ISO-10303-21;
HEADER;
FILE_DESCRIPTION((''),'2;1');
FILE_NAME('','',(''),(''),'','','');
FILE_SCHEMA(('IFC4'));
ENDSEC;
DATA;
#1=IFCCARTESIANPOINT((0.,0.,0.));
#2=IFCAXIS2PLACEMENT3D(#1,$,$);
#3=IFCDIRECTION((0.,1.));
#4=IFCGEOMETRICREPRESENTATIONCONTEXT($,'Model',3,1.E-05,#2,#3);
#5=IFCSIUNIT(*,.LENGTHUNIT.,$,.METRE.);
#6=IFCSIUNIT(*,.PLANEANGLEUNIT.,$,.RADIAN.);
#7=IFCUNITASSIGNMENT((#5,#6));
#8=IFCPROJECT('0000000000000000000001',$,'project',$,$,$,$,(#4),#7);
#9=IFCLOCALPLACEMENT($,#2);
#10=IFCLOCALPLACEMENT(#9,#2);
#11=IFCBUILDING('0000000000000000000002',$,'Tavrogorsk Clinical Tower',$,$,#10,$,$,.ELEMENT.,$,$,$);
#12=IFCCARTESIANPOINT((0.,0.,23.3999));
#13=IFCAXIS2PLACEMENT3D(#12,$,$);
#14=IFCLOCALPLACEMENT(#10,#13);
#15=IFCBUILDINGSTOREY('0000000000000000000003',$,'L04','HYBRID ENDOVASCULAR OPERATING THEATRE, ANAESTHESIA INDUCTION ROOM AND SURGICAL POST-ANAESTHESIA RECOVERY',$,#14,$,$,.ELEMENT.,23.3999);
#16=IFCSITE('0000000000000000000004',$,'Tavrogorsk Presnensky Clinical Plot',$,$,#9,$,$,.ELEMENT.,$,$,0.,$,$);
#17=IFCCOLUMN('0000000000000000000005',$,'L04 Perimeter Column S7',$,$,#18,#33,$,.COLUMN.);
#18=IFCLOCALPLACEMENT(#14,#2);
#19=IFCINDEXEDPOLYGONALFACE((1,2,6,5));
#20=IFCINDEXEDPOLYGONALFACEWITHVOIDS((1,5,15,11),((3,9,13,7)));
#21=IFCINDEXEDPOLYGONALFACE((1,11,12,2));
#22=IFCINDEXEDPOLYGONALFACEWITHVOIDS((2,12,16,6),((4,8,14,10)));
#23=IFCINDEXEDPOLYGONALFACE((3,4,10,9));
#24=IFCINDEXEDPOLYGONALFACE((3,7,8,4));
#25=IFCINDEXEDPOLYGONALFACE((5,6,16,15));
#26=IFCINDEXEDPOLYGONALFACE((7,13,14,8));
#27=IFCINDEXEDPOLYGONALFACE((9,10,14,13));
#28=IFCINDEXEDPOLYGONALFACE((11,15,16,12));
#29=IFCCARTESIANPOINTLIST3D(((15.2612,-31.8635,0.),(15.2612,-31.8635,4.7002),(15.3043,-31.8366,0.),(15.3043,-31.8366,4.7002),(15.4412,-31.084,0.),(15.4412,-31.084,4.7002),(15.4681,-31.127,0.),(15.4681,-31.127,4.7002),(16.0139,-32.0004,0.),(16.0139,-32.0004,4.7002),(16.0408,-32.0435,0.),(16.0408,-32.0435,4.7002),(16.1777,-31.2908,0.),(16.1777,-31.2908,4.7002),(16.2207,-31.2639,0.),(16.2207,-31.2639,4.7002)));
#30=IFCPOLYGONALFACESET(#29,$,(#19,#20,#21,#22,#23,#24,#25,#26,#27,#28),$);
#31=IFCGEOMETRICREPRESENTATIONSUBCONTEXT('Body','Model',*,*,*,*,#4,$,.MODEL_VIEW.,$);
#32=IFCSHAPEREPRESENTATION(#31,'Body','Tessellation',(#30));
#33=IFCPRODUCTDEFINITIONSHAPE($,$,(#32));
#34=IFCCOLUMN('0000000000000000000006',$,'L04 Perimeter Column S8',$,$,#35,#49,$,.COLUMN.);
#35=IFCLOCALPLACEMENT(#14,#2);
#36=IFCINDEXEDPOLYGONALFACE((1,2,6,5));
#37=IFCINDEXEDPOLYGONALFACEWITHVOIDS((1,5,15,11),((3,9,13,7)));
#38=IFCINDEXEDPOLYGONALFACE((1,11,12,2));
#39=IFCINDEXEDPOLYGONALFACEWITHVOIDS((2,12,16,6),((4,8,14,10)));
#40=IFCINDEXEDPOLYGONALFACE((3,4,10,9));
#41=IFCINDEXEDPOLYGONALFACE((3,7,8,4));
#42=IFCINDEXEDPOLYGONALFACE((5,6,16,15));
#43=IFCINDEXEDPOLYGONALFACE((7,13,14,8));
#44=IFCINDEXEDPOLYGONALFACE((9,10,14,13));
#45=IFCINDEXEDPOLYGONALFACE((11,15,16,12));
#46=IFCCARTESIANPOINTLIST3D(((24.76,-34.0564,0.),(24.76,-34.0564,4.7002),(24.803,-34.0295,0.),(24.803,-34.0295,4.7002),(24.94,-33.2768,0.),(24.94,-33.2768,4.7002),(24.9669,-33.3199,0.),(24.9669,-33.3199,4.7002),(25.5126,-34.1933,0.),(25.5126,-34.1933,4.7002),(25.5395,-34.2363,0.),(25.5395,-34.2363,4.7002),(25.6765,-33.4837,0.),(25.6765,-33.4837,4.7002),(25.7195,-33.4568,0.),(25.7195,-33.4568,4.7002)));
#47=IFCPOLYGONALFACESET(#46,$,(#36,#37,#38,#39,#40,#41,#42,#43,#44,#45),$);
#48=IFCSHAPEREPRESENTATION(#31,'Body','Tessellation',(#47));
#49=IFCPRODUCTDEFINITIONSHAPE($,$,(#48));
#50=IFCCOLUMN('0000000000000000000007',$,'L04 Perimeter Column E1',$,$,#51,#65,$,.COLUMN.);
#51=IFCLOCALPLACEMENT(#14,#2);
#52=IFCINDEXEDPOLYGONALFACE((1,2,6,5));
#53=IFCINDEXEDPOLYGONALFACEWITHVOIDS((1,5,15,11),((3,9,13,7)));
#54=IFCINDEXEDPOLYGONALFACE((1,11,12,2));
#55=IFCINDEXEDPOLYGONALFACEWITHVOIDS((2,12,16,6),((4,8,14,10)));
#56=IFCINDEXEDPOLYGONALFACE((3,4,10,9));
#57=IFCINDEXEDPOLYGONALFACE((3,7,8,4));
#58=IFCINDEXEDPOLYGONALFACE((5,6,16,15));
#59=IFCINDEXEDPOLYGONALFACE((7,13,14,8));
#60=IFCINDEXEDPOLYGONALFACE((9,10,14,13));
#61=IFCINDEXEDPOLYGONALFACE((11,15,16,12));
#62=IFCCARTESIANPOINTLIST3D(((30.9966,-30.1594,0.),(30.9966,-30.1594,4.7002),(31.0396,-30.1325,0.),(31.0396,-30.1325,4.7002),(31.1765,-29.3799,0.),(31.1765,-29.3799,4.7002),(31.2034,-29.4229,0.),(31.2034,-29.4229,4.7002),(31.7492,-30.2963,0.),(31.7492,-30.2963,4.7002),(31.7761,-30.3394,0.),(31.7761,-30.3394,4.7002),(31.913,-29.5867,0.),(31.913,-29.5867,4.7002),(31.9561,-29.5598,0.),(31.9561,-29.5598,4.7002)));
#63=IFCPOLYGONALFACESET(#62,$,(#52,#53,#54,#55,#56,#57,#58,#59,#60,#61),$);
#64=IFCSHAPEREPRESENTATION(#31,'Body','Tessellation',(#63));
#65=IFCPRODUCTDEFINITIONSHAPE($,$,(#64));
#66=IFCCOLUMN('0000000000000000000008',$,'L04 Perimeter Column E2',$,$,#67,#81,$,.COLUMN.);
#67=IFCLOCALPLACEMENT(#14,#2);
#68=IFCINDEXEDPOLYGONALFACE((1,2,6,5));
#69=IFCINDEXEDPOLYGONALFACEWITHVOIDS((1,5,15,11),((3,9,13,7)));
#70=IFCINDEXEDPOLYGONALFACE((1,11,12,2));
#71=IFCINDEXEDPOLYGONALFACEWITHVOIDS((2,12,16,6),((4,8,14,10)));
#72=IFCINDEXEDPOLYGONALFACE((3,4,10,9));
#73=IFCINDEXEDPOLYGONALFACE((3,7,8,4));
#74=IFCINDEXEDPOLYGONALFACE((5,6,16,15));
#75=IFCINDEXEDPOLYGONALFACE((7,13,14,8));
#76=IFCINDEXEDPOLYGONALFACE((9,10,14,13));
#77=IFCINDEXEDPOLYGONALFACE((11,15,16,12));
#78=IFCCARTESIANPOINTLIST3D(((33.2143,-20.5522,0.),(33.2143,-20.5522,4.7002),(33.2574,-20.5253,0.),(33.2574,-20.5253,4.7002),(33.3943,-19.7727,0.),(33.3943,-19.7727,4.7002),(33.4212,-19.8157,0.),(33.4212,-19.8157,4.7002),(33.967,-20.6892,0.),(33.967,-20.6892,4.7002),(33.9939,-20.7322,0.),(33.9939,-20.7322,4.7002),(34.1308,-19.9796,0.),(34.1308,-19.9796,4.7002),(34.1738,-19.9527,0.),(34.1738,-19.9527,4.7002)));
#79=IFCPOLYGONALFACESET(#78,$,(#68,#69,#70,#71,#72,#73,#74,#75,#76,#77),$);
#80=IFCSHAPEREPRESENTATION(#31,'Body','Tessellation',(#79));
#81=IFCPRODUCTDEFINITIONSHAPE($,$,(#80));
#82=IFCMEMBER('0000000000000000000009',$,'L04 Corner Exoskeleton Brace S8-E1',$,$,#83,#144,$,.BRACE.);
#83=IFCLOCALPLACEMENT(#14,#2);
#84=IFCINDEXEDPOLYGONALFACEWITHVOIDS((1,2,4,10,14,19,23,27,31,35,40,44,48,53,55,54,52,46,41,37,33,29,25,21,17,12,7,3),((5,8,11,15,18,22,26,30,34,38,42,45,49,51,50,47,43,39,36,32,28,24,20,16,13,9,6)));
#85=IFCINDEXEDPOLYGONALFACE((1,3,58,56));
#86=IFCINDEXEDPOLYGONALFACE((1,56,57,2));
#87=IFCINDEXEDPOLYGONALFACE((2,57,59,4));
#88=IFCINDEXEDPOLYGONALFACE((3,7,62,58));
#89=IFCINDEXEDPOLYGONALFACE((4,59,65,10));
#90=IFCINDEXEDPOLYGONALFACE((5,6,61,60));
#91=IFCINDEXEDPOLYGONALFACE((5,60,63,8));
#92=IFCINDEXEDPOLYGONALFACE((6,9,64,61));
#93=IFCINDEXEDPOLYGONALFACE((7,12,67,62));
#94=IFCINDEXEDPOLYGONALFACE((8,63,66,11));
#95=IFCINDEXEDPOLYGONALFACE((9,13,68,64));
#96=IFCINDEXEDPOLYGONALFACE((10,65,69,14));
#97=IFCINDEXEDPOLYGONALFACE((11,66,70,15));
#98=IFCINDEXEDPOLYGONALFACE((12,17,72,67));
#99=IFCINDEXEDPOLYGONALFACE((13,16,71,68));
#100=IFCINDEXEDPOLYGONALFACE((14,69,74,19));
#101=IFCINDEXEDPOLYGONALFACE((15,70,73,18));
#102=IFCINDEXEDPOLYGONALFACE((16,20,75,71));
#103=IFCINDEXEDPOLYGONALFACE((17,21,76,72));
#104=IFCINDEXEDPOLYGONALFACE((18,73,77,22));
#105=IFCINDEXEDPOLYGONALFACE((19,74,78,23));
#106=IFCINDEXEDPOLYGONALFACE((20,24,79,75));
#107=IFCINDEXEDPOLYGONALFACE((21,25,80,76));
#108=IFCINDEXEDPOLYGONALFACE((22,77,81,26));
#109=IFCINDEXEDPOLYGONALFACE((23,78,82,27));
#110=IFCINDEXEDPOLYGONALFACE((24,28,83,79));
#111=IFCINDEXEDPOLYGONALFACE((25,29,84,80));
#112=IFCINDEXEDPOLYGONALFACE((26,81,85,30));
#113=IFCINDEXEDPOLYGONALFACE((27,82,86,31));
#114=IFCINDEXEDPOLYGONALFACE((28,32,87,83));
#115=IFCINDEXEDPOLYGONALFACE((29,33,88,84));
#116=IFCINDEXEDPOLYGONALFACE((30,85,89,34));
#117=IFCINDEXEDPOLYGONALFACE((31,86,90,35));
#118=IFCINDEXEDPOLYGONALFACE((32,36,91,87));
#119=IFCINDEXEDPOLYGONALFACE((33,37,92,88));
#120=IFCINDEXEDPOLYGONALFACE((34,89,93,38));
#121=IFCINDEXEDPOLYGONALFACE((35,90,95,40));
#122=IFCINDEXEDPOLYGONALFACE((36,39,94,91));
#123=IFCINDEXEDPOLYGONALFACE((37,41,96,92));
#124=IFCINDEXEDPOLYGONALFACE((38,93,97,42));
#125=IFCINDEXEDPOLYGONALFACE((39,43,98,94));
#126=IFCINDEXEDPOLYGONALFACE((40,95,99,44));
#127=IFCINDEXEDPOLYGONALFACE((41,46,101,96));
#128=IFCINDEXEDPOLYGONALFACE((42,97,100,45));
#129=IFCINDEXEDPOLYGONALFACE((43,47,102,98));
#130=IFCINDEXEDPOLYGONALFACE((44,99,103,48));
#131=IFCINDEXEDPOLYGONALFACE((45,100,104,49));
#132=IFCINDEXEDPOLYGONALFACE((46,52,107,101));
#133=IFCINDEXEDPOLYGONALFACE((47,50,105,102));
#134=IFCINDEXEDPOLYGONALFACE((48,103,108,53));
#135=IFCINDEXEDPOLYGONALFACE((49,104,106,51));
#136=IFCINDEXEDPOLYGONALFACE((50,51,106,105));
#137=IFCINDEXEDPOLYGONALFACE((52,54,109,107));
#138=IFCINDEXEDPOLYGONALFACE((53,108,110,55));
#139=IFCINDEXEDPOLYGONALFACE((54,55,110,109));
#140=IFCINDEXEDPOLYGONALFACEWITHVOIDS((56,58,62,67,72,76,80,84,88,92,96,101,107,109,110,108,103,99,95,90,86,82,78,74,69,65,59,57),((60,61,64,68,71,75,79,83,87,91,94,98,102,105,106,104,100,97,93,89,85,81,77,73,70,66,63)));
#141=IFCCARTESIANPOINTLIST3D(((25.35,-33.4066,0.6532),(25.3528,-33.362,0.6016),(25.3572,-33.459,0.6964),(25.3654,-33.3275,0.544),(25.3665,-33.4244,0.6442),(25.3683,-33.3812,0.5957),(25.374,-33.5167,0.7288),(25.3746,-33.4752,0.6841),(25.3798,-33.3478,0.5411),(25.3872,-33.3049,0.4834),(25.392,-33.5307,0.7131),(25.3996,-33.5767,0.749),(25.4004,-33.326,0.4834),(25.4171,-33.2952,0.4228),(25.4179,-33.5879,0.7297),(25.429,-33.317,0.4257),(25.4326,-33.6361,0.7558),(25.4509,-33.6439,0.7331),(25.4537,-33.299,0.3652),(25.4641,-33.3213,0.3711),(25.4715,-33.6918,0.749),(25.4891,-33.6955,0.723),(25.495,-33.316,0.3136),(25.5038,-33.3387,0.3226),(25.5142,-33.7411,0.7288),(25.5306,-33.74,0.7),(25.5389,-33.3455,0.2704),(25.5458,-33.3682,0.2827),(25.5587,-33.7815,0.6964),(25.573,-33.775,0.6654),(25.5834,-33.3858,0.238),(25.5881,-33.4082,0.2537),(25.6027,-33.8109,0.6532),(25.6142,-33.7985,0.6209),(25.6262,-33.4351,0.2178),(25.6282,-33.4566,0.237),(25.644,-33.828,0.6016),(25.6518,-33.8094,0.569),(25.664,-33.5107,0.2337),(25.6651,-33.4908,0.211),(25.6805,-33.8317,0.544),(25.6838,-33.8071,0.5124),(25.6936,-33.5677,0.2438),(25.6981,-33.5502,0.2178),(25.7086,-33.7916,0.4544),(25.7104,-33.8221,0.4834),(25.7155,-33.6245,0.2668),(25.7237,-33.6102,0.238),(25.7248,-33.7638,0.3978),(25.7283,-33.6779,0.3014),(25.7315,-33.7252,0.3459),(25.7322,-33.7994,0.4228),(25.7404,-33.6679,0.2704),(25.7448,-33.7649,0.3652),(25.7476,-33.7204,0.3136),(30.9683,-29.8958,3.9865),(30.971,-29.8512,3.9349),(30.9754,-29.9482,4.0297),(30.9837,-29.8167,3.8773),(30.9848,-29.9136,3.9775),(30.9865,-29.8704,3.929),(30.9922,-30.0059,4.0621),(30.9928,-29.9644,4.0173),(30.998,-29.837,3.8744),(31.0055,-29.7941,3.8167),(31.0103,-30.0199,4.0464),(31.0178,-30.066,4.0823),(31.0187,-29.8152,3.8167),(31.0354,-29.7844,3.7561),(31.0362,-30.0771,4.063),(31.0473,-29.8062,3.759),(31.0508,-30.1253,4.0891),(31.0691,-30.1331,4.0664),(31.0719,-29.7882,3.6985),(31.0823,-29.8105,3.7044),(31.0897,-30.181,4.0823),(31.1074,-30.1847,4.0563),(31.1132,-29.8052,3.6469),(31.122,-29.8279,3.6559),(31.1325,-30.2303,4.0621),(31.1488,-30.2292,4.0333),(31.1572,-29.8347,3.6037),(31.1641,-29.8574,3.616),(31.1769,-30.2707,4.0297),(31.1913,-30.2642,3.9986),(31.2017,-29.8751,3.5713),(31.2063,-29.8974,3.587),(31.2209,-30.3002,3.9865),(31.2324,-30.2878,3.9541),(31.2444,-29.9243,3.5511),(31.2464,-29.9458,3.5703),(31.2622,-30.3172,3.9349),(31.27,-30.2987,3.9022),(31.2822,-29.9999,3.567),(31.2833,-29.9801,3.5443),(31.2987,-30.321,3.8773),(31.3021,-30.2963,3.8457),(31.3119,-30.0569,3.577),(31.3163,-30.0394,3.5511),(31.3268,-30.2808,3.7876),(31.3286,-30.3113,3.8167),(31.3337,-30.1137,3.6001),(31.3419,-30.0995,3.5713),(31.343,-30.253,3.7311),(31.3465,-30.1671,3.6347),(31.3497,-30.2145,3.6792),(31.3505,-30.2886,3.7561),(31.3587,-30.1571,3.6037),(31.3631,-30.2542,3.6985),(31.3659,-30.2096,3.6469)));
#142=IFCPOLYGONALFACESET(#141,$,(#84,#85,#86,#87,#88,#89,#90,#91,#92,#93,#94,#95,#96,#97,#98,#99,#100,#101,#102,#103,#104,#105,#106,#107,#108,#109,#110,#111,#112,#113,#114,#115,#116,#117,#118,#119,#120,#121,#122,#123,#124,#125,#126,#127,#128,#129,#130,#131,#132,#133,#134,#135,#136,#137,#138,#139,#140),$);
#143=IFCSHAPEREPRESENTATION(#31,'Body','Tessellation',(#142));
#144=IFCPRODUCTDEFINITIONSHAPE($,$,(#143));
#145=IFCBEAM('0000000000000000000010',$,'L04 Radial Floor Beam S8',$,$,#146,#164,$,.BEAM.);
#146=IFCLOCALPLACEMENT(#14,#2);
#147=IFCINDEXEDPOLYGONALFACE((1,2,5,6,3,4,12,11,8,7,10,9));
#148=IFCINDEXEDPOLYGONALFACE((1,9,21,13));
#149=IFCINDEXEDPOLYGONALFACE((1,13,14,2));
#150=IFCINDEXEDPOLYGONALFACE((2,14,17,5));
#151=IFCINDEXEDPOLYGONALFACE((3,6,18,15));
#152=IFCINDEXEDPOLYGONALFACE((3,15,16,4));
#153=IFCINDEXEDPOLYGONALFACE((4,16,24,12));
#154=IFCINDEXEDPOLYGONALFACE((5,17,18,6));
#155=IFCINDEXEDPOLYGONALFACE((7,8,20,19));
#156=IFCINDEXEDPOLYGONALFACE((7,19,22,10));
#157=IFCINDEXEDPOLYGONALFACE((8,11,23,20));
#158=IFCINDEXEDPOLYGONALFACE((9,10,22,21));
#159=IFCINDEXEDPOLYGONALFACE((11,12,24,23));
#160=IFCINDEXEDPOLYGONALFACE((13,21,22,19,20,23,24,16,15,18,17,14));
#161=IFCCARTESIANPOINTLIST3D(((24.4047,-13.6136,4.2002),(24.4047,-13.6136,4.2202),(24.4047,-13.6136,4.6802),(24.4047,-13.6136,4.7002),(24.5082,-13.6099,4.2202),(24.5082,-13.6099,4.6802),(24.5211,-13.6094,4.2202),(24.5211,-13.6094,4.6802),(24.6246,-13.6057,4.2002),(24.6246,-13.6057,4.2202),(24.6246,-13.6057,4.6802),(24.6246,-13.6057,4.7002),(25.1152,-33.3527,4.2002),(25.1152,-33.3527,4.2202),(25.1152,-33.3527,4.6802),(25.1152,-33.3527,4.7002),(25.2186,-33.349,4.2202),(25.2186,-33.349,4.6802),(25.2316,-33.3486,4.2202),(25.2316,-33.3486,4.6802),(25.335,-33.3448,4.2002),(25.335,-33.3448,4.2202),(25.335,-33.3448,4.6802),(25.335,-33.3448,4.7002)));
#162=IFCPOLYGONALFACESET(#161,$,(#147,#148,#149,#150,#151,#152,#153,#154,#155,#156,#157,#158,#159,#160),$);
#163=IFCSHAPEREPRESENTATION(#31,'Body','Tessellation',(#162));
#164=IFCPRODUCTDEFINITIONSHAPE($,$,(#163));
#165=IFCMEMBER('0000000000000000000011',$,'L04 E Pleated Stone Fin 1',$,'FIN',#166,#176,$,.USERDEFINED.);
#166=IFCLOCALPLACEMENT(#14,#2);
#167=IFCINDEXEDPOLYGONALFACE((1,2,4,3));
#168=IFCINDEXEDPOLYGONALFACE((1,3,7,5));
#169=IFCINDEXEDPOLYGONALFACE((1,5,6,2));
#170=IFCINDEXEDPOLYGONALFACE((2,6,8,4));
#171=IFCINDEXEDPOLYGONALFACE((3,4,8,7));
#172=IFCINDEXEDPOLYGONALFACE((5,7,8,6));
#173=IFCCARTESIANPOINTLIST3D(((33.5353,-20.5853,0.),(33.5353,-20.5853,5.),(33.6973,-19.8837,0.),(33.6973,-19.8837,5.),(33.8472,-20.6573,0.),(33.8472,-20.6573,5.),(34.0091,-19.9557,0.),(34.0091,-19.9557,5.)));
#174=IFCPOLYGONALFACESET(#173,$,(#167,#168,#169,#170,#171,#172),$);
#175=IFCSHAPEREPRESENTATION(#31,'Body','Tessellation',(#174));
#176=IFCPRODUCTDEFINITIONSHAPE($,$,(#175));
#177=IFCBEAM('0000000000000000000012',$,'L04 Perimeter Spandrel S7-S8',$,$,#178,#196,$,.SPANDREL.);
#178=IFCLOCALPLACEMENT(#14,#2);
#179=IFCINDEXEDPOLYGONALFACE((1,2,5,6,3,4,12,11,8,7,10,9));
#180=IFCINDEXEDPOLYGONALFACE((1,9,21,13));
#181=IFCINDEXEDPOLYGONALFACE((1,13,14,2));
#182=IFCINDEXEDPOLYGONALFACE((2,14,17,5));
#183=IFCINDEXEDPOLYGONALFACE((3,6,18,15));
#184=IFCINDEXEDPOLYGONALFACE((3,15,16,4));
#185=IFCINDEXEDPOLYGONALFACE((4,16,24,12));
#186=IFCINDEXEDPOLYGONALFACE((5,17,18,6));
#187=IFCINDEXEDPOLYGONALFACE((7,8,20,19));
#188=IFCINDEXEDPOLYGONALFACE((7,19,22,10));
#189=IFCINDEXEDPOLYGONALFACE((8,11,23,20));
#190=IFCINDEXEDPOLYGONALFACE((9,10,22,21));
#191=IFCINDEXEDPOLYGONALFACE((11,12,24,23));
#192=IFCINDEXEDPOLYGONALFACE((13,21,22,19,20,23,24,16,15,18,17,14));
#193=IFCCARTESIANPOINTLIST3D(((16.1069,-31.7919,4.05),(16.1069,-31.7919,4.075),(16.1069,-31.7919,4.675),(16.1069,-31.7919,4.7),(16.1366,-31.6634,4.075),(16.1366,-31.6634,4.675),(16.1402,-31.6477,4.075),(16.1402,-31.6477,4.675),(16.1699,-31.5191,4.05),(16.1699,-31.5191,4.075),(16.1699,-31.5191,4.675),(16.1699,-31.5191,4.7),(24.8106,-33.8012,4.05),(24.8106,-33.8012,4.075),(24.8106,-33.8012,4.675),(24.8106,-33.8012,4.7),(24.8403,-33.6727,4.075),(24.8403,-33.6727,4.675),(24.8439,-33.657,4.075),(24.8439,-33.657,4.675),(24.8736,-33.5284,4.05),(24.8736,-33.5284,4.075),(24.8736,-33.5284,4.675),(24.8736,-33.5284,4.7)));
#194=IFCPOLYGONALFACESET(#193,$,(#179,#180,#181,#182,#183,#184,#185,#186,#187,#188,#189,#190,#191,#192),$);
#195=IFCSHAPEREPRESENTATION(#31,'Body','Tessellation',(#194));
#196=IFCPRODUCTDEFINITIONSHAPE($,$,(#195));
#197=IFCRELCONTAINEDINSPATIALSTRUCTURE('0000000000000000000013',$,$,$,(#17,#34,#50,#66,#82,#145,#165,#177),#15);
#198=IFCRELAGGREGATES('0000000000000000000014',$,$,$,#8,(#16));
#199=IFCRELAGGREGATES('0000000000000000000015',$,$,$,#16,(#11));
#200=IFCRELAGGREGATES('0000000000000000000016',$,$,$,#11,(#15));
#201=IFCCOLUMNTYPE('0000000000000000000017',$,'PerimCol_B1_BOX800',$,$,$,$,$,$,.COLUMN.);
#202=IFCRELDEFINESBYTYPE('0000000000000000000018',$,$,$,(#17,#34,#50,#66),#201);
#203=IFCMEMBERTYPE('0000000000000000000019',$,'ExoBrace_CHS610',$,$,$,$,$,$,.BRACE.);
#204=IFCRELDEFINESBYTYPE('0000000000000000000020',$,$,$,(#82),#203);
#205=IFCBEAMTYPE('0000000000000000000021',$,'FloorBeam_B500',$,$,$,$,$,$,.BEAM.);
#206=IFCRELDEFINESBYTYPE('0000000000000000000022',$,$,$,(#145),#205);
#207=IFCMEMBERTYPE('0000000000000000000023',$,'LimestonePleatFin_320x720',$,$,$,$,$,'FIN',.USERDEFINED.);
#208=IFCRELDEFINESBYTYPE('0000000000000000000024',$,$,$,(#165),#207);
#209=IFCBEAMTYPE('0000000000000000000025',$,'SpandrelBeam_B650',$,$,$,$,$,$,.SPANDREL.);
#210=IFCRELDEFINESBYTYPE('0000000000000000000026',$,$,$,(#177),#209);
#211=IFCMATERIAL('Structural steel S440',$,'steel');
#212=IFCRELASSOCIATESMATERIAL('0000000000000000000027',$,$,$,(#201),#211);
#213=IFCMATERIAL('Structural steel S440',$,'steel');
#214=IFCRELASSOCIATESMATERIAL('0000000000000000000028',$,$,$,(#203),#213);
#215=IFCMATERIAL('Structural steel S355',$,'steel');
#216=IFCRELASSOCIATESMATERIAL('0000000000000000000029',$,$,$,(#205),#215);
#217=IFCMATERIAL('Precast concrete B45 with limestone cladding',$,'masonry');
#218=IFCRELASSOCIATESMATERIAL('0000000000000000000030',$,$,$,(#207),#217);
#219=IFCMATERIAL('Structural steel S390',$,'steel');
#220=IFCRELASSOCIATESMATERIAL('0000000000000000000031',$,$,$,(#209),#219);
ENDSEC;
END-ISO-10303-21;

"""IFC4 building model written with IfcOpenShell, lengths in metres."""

from ifc_helpers import new_model, si_unit, direction, frame, origin, origin_2d, place, context, subcontext, project, spatial, rectangle, hollow_rectangle, hollow_circle, i_section, extrude, material, material_profile, profile_set, type_object, element, save


model = new_model("IFC4")

# Units and contexts
model_context = context("Model", 3, precision=1e-05, world=origin(), true_north=direction((0.0, 1.0)))
body_context = subcontext(model_context, "Body", "Model", "MODEL_VIEW")
ifc_project = project(units=[si_unit("LENGTHUNIT", "METRE"), si_unit("PLANEANGLEUNIT", "RADIAN")], contexts=[model_context])

# Site, building, storey
site_placement = place(None, origin())
site = spatial("IfcSite", under=ifc_project, at=site_placement, Name="Tavrogorsk Presnensky Clinical Plot", CompositionType="ELEMENT", RefElevation=0.0)
building_placement = place(site_placement, origin())
building = spatial("IfcBuilding", under=site, at=building_placement, Name="Tavrogorsk Clinical Tower", CompositionType="ELEMENT")
storey_placement = place(building_placement, frame((0.0, 0.0, 23.3999)))
storey = spatial("IfcBuildingStorey", under=building, at=storey_placement, Name="L04", Description="HYBRID ENDOVASCULAR OPERATING THEATRE, ANAESTHESIA INDUCTION ROOM AND SURGICAL POST-ANAESTHESIA RECOVERY", CompositionType="ELEMENT", Elevation=23.3999)

# Columns
ifc_material_1 = material(Name="Structural steel S440", Category="steel")
ifc_material_profile_1 = material_profile(ifc_material_1, hollow_rectangle(XDim=0.8, YDim=0.8, WallThickness=0.0359, at=origin_2d()), Name="BOX-800x800x36")
ifc_profile_set_1 = profile_set([ifc_material_profile_1], Name="Structural steel S440")
column_type = type_object("IfcColumnType", Name="PerimCol_B1_BOX800", PredefinedType="COLUMN", material=ifc_profile_set_1)
for number, where, z_axis, x_axis, name in (
    (1, (15.741, -31.5637, 0.0), (0.0, 0.0, 1.0), (0.97437, -0.224951, 0.0), "L04 Perimeter Column S7"),
    (2, (25.2397, -33.7566, 0.0), (0.0, 0.0, 1.0), (0.97437, -0.224951, 0.0), "L04 Perimeter Column S8"),
    (3, (31.4763, -29.8596, 0.0), (0.0, 0.0, 1.0), (0.97437, -0.224951, 0.0), "L04 Perimeter Column E1"),
    (4, (33.6941, -20.2524, 0.0), (0.0, 0.0, 1.0), (0.97437, -0.224951, 0.0), "L04 Perimeter Column E2"),
):
    element("IfcColumn", number, at=place(storey_placement, frame(where, z_axis=z_axis, x_axis=x_axis)), inside=storey, type_object=column_type, Name=name, PredefinedType="COLUMN", context=body_context, shape_type="SweptSolid", body=[
        extrude(hollow_rectangle(XDim=0.8, YDim=0.8, WallThickness=0.0359, at=origin_2d()), origin(), (0.0, 0.0, 1.0), 4.7002),
    ])

# Member
ifc_material_2 = material(Name="Structural steel S440", Category="steel")
ifc_material_profile_2 = material_profile(ifc_material_2, hollow_circle(Radius=0.3049, WallThickness=0.0249, at=origin_2d()), Name="CHS-610x25")
ifc_profile_set_2 = profile_set([ifc_material_profile_2], Name="Structural steel S440")
member_type_1 = type_object("IfcMemberType", Name="ExoBrace_CHS610", PredefinedType="BRACE", material=ifc_profile_set_2)
member_1_placement = place(storey_placement, frame((25.5488, -33.5635, 0.4834), z_axis=(0.757556, 0.47339, 0.449457), x_axis=(-0.529933, 0.84804, 0.0)))
element("IfcMember", 5, at=member_1_placement, inside=storey, type_object=member_type_1, Name="L04 Corner Exoskeleton Brace S8-E1", PredefinedType="BRACE", context=body_context, shape_type="SweptSolid", body=[
    extrude(hollow_circle(Radius=0.3049, WallThickness=0.0249, at=origin_2d()), origin(), (0.0, 0.0, 1.0), 7.4163),
])

# Beam
ifc_material_3 = material(Name="Structural steel S355", Category="steel")
ifc_material_profile_3 = material_profile(ifc_material_3, i_section(OverallWidth=0.22, OverallDepth=0.5, WebThickness=0.0129, FlangeThickness=0.02, at=origin_2d()), Name="B-500x220x13x20")
ifc_profile_set_3 = profile_set([ifc_material_profile_3], Name="Structural steel S355")
beam_type_1 = type_object("IfcBeamType", Name="FloorBeam_B500", PredefinedType="BEAM", material=ifc_profile_set_3)
beam_1_placement = place(storey_placement, frame((24.5146, -13.6096, 4.4502), z_axis=(0.035968, -0.999353, 0.0), x_axis=(0.999353, 0.035968, 0.0)))
element("IfcBeam", 6, at=beam_1_placement, inside=storey, type_object=beam_type_1, Name="L04 Radial Floor Beam S8", PredefinedType="BEAM", context=body_context, shape_type="SweptSolid", body=[
    extrude(i_section(OverallWidth=0.22, OverallDepth=0.5, WebThickness=0.0129, FlangeThickness=0.02, at=origin_2d()), origin(), (0.0, 0.0, 1.0), 19.752),
])

# Member
ifc_material_4 = material(Name="Precast concrete B45 with limestone cladding", Category="masonry")
ifc_material_profile_4 = material_profile(ifc_material_4, rectangle(XDim=0.3201, YDim=0.72, at=origin_2d()), Name="LIMESTONE-FIN-320x720")
ifc_profile_set_4 = profile_set([ifc_material_profile_4], Name="Precast concrete B45 with limestone cladding")
member_type_2 = type_object("IfcMemberType", Name="LimestonePleatFin_320x720", ElementType="FIN", PredefinedType="USERDEFINED", material=ifc_profile_set_4)
member_2_placement = place(storey_placement, frame((33.7722, -20.2705, 0.0), z_axis=(0.0, 0.0, 1.0), x_axis=(0.97437, -0.224951, 0.0)))
element("IfcMember", 7, at=member_2_placement, inside=storey, type_object=member_type_2, Name="L04 E Pleated Stone Fin 1", ObjectType="FIN", PredefinedType="USERDEFINED", context=body_context, shape_type="SweptSolid", body=[
    extrude(rectangle(XDim=0.3201, YDim=0.72, at=origin_2d()), origin(), (0.0, 0.0, 1.0), 5.0),
])

# Beam
ifc_material_5 = material(Name="Structural steel S390", Category="steel")
ifc_material_profile_5 = material_profile(ifc_material_5, i_section(OverallWidth=0.28, OverallDepth=0.6499, WebThickness=0.0161, FlangeThickness=0.0249, at=origin_2d()), Name="B-650x280x16x25")
ifc_profile_set_5 = profile_set([ifc_material_profile_5], Name="Structural steel S390")
beam_type_2 = type_object("IfcBeamType", Name="SpandrelBeam_B650", PredefinedType="SPANDREL", material=ifc_profile_set_5)
beam_2_placement = place(storey_placement, frame((16.1384, -31.6555, 4.375), z_axis=(0.974373, -0.224939, 0.0), x_axis=(0.224939, 0.974373, 0.0)))
element("IfcBeam", 8, at=beam_2_placement, inside=storey, type_object=beam_type_2, Name="L04 Perimeter Spandrel S7-S8", PredefinedType="SPANDREL", context=body_context, shape_type="SweptSolid", body=[
    extrude(i_section(OverallWidth=0.28, OverallDepth=0.6499, WebThickness=0.0161, FlangeThickness=0.0249, at=origin_2d()), origin(), (0.0, 0.0, 1.0), 8.9326),
])

save(model, "model.ifc")
